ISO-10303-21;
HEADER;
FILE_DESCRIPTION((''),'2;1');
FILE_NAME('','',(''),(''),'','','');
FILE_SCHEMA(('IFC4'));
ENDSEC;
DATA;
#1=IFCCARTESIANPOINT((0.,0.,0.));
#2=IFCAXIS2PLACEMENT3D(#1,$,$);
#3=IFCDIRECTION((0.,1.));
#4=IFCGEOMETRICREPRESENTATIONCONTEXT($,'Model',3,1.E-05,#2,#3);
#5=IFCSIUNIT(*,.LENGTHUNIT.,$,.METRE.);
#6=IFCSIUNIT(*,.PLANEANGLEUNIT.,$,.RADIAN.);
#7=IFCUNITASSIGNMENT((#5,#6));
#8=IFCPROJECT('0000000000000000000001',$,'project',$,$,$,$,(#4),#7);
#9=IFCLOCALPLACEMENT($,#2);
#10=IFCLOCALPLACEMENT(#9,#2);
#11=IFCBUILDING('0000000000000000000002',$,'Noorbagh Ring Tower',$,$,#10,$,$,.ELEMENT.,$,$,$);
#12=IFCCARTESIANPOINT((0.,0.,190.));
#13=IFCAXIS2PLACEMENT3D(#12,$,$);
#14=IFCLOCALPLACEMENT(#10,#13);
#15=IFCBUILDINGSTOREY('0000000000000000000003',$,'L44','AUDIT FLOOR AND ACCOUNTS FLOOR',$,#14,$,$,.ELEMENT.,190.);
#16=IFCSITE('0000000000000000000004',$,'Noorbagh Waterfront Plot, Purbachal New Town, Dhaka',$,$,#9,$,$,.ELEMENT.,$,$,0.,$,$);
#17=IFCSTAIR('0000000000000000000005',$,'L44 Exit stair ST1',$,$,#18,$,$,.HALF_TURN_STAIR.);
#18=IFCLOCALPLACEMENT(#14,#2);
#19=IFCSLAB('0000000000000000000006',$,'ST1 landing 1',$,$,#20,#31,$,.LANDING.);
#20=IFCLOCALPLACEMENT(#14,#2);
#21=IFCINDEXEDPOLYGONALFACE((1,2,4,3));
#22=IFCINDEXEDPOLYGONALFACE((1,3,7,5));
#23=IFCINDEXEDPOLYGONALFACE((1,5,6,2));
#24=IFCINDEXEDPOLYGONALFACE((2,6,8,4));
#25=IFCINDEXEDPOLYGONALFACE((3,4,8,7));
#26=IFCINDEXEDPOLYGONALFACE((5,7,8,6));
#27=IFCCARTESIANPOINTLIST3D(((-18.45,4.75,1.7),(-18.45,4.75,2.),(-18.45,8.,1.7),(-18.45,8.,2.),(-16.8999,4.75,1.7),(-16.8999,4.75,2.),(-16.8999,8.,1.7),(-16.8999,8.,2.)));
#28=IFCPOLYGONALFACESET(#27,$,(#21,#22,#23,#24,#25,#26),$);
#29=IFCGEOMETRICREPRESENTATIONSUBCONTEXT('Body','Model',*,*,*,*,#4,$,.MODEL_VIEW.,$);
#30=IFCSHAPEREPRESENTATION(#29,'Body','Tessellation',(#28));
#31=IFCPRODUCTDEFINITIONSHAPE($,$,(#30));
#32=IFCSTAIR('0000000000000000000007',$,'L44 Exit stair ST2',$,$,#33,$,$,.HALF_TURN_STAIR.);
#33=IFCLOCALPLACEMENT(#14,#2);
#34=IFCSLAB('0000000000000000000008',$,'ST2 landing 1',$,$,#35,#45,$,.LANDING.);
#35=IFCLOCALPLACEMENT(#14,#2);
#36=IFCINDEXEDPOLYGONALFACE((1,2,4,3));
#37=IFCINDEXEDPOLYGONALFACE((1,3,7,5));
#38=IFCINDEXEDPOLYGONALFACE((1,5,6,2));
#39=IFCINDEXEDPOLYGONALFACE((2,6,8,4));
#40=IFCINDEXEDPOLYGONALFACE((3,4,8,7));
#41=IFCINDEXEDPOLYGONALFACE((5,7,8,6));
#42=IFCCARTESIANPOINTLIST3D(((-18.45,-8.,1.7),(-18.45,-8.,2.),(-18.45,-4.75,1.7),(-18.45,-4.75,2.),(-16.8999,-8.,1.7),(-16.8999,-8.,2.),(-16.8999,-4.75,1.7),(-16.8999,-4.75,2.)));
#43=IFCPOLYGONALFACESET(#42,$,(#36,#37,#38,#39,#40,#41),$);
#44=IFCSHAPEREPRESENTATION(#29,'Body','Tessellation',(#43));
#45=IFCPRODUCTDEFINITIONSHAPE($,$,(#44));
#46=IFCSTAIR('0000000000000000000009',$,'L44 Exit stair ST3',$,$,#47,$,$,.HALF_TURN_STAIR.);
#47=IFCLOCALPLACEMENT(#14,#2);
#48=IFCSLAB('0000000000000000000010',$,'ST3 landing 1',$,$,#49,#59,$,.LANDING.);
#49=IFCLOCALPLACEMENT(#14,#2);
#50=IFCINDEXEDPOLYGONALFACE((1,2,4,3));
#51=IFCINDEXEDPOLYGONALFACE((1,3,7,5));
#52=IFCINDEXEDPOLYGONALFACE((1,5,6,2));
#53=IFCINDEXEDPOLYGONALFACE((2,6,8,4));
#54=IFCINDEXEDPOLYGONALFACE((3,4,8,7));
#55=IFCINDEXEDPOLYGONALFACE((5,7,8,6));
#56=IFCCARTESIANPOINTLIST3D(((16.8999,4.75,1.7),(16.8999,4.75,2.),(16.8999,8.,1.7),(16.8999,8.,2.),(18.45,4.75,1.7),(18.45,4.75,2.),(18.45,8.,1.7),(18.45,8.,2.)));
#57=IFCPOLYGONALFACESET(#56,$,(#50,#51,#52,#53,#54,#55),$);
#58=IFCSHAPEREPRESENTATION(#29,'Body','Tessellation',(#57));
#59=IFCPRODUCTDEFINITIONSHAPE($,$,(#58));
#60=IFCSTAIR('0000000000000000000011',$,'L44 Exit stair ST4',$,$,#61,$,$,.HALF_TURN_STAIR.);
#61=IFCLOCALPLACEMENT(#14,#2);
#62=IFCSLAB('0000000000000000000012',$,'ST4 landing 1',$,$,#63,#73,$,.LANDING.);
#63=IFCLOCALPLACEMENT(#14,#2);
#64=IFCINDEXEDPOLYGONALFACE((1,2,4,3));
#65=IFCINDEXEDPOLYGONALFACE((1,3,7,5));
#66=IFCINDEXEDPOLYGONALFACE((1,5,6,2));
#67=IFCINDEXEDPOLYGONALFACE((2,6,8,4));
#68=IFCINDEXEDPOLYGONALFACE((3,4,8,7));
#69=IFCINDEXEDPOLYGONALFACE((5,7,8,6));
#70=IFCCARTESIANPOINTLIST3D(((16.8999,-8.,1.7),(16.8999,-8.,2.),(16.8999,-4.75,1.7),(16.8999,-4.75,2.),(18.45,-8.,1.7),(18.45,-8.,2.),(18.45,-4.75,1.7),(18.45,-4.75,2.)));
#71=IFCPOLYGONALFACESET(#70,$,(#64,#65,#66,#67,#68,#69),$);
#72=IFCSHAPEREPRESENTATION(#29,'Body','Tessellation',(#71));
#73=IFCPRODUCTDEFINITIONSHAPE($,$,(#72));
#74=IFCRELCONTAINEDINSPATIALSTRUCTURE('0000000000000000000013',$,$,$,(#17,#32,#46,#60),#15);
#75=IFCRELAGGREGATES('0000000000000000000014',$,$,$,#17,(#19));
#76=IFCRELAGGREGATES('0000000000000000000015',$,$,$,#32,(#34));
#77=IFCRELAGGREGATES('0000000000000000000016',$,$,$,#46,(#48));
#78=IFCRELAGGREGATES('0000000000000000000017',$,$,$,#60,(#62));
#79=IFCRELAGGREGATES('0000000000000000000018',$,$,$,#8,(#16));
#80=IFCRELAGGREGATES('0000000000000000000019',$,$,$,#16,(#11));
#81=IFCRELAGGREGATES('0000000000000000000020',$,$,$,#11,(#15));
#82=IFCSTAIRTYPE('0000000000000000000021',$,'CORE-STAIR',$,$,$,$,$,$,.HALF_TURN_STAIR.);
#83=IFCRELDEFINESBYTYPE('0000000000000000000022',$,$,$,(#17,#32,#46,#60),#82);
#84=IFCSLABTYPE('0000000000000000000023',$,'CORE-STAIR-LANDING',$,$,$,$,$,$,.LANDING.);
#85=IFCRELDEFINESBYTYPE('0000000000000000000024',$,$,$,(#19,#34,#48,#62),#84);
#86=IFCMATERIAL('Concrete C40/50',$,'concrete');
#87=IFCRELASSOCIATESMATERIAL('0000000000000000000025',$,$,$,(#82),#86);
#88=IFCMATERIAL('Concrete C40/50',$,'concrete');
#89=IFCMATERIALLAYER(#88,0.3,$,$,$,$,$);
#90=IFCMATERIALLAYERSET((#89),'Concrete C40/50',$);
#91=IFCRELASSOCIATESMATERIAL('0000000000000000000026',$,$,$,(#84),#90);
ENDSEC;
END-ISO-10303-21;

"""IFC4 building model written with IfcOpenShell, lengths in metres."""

from ifc_helpers import new_model, si_unit, direction, frame, origin, place, context, subcontext, project, spatial, polyline, outline, extrude, material, layer, layer_set, type_object, element, aggregate, save


model = new_model("IFC4")

# Units and contexts
model_context = context("Model", 3, precision=1e-05, world=origin(), true_north=direction((0.0, 1.0)))
body_context = subcontext(model_context, "Body", "Model", "MODEL_VIEW")
ifc_project = project(units=[si_unit("LENGTHUNIT", "METRE"), si_unit("PLANEANGLEUNIT", "RADIAN")], contexts=[model_context])

# Site, building, storey
site_placement = place(None, origin())
site = spatial("IfcSite", under=ifc_project, at=site_placement, Name="Noorbagh Waterfront Plot, Purbachal New Town, Dhaka", CompositionType="ELEMENT", RefElevation=0.0)
building_placement = place(site_placement, origin())
building = spatial("IfcBuilding", under=site, at=building_placement, Name="Noorbagh Ring Tower", CompositionType="ELEMENT")
storey_placement = place(building_placement, frame((0.0, 0.0, 190.0)))
storey = spatial("IfcBuildingStorey", under=building, at=storey_placement, Name="L44", Description="AUDIT FLOOR AND ACCOUNTS FLOOR", CompositionType="ELEMENT", Elevation=190.0)

# Stairs, slabs
ifc_material_1 = material(Name="Concrete C40/50", Category="concrete")
stair_type = type_object("IfcStairType", Name="CORE-STAIR", PredefinedType="HALF_TURN_STAIR", material=ifc_material_1)
stair_1_placement = place(storey_placement, origin())
stair_1 = element("IfcStair", 1, at=stair_1_placement, inside=storey, type_object=stair_type, Name="L44 Exit stair ST1", PredefinedType="HALF_TURN_STAIR")
ifc_material_2 = material(Name="Concrete C40/50", Category="concrete")
ifc_layer_1 = layer(ifc_material_2, 0.3)
ifc_layer_set_1 = layer_set([ifc_layer_1], Name="Concrete C40/50")
slab_type_1 = type_object("IfcSlabType", Name="CORE-STAIR-LANDING", PredefinedType="LANDING", material=ifc_layer_set_1)
slab_1_placement = place(storey_placement, frame((0.0, 0.0, 1.7)))
slab_1 = element("IfcSlab", 2, at=slab_1_placement, type_object=slab_type_1, Name="ST1 landing 1", PredefinedType="LANDING", context=body_context, shape_type="SweptSolid", body=[
    extrude(outline(polyline([(-18.45, 4.75), (-16.8999, 4.75), (-16.8999, 8.0), (-18.45, 8.0), (-18.45, 4.75)])), origin(), (0.0, 0.0, 1.0), 0.3),
])
aggregate(stair_1, [slab_1])
stair_2_placement = place(storey_placement, origin())
stair_2 = element("IfcStair", 3, at=stair_2_placement, inside=storey, type_object=stair_type, Name="L44 Exit stair ST2", PredefinedType="HALF_TURN_STAIR")
slab_2_placement = place(storey_placement, frame((0.0, 0.0, 1.7)))
slab_2 = element("IfcSlab", 4, at=slab_2_placement, type_object=slab_type_1, Name="ST2 landing 1", PredefinedType="LANDING", context=body_context, shape_type="SweptSolid", body=[
    extrude(outline(polyline([(-18.45, -8.0), (-16.8999, -8.0), (-16.8999, -4.75), (-18.45, -4.75), (-18.45, -8.0)])), origin(), (0.0, 0.0, 1.0), 0.3),
])
aggregate(stair_2, [slab_2])
stair_3_placement = place(storey_placement, origin())
stair_3 = element("IfcStair", 5, at=stair_3_placement, inside=storey, type_object=stair_type, Name="L44 Exit stair ST3", PredefinedType="HALF_TURN_STAIR")
slab_3_placement = place(storey_placement, frame((0.0, 0.0, 1.7)))
slab_3 = element("IfcSlab", 6, at=slab_3_placement, type_object=slab_type_1, Name="ST3 landing 1", PredefinedType="LANDING", context=body_context, shape_type="SweptSolid", body=[
    extrude(outline(polyline([(18.45, 8.0), (16.8999, 8.0), (16.8999, 4.75), (18.45, 4.75), (18.45, 8.0)])), origin(), (0.0, 0.0, 1.0), 0.3),
])
aggregate(stair_3, [slab_3])
stair_4_placement = place(storey_placement, origin())
stair_4 = element("IfcStair", 7, at=stair_4_placement, inside=storey, type_object=stair_type, Name="L44 Exit stair ST4", PredefinedType="HALF_TURN_STAIR")
slab_4_placement = place(storey_placement, frame((0.0, 0.0, 1.7)))
slab_4 = element("IfcSlab", 8, at=slab_4_placement, type_object=slab_type_1, Name="ST4 landing 1", PredefinedType="LANDING", context=body_context, shape_type="SweptSolid", body=[
    extrude(outline(polyline([(18.45, -4.75), (16.8999, -4.75), (16.8999, -8.0), (18.45, -8.0), (18.45, -4.75)])), origin(), (0.0, 0.0, 1.0), 0.3),
])
aggregate(stair_4, [slab_4])

save(model, "model.ifc")
